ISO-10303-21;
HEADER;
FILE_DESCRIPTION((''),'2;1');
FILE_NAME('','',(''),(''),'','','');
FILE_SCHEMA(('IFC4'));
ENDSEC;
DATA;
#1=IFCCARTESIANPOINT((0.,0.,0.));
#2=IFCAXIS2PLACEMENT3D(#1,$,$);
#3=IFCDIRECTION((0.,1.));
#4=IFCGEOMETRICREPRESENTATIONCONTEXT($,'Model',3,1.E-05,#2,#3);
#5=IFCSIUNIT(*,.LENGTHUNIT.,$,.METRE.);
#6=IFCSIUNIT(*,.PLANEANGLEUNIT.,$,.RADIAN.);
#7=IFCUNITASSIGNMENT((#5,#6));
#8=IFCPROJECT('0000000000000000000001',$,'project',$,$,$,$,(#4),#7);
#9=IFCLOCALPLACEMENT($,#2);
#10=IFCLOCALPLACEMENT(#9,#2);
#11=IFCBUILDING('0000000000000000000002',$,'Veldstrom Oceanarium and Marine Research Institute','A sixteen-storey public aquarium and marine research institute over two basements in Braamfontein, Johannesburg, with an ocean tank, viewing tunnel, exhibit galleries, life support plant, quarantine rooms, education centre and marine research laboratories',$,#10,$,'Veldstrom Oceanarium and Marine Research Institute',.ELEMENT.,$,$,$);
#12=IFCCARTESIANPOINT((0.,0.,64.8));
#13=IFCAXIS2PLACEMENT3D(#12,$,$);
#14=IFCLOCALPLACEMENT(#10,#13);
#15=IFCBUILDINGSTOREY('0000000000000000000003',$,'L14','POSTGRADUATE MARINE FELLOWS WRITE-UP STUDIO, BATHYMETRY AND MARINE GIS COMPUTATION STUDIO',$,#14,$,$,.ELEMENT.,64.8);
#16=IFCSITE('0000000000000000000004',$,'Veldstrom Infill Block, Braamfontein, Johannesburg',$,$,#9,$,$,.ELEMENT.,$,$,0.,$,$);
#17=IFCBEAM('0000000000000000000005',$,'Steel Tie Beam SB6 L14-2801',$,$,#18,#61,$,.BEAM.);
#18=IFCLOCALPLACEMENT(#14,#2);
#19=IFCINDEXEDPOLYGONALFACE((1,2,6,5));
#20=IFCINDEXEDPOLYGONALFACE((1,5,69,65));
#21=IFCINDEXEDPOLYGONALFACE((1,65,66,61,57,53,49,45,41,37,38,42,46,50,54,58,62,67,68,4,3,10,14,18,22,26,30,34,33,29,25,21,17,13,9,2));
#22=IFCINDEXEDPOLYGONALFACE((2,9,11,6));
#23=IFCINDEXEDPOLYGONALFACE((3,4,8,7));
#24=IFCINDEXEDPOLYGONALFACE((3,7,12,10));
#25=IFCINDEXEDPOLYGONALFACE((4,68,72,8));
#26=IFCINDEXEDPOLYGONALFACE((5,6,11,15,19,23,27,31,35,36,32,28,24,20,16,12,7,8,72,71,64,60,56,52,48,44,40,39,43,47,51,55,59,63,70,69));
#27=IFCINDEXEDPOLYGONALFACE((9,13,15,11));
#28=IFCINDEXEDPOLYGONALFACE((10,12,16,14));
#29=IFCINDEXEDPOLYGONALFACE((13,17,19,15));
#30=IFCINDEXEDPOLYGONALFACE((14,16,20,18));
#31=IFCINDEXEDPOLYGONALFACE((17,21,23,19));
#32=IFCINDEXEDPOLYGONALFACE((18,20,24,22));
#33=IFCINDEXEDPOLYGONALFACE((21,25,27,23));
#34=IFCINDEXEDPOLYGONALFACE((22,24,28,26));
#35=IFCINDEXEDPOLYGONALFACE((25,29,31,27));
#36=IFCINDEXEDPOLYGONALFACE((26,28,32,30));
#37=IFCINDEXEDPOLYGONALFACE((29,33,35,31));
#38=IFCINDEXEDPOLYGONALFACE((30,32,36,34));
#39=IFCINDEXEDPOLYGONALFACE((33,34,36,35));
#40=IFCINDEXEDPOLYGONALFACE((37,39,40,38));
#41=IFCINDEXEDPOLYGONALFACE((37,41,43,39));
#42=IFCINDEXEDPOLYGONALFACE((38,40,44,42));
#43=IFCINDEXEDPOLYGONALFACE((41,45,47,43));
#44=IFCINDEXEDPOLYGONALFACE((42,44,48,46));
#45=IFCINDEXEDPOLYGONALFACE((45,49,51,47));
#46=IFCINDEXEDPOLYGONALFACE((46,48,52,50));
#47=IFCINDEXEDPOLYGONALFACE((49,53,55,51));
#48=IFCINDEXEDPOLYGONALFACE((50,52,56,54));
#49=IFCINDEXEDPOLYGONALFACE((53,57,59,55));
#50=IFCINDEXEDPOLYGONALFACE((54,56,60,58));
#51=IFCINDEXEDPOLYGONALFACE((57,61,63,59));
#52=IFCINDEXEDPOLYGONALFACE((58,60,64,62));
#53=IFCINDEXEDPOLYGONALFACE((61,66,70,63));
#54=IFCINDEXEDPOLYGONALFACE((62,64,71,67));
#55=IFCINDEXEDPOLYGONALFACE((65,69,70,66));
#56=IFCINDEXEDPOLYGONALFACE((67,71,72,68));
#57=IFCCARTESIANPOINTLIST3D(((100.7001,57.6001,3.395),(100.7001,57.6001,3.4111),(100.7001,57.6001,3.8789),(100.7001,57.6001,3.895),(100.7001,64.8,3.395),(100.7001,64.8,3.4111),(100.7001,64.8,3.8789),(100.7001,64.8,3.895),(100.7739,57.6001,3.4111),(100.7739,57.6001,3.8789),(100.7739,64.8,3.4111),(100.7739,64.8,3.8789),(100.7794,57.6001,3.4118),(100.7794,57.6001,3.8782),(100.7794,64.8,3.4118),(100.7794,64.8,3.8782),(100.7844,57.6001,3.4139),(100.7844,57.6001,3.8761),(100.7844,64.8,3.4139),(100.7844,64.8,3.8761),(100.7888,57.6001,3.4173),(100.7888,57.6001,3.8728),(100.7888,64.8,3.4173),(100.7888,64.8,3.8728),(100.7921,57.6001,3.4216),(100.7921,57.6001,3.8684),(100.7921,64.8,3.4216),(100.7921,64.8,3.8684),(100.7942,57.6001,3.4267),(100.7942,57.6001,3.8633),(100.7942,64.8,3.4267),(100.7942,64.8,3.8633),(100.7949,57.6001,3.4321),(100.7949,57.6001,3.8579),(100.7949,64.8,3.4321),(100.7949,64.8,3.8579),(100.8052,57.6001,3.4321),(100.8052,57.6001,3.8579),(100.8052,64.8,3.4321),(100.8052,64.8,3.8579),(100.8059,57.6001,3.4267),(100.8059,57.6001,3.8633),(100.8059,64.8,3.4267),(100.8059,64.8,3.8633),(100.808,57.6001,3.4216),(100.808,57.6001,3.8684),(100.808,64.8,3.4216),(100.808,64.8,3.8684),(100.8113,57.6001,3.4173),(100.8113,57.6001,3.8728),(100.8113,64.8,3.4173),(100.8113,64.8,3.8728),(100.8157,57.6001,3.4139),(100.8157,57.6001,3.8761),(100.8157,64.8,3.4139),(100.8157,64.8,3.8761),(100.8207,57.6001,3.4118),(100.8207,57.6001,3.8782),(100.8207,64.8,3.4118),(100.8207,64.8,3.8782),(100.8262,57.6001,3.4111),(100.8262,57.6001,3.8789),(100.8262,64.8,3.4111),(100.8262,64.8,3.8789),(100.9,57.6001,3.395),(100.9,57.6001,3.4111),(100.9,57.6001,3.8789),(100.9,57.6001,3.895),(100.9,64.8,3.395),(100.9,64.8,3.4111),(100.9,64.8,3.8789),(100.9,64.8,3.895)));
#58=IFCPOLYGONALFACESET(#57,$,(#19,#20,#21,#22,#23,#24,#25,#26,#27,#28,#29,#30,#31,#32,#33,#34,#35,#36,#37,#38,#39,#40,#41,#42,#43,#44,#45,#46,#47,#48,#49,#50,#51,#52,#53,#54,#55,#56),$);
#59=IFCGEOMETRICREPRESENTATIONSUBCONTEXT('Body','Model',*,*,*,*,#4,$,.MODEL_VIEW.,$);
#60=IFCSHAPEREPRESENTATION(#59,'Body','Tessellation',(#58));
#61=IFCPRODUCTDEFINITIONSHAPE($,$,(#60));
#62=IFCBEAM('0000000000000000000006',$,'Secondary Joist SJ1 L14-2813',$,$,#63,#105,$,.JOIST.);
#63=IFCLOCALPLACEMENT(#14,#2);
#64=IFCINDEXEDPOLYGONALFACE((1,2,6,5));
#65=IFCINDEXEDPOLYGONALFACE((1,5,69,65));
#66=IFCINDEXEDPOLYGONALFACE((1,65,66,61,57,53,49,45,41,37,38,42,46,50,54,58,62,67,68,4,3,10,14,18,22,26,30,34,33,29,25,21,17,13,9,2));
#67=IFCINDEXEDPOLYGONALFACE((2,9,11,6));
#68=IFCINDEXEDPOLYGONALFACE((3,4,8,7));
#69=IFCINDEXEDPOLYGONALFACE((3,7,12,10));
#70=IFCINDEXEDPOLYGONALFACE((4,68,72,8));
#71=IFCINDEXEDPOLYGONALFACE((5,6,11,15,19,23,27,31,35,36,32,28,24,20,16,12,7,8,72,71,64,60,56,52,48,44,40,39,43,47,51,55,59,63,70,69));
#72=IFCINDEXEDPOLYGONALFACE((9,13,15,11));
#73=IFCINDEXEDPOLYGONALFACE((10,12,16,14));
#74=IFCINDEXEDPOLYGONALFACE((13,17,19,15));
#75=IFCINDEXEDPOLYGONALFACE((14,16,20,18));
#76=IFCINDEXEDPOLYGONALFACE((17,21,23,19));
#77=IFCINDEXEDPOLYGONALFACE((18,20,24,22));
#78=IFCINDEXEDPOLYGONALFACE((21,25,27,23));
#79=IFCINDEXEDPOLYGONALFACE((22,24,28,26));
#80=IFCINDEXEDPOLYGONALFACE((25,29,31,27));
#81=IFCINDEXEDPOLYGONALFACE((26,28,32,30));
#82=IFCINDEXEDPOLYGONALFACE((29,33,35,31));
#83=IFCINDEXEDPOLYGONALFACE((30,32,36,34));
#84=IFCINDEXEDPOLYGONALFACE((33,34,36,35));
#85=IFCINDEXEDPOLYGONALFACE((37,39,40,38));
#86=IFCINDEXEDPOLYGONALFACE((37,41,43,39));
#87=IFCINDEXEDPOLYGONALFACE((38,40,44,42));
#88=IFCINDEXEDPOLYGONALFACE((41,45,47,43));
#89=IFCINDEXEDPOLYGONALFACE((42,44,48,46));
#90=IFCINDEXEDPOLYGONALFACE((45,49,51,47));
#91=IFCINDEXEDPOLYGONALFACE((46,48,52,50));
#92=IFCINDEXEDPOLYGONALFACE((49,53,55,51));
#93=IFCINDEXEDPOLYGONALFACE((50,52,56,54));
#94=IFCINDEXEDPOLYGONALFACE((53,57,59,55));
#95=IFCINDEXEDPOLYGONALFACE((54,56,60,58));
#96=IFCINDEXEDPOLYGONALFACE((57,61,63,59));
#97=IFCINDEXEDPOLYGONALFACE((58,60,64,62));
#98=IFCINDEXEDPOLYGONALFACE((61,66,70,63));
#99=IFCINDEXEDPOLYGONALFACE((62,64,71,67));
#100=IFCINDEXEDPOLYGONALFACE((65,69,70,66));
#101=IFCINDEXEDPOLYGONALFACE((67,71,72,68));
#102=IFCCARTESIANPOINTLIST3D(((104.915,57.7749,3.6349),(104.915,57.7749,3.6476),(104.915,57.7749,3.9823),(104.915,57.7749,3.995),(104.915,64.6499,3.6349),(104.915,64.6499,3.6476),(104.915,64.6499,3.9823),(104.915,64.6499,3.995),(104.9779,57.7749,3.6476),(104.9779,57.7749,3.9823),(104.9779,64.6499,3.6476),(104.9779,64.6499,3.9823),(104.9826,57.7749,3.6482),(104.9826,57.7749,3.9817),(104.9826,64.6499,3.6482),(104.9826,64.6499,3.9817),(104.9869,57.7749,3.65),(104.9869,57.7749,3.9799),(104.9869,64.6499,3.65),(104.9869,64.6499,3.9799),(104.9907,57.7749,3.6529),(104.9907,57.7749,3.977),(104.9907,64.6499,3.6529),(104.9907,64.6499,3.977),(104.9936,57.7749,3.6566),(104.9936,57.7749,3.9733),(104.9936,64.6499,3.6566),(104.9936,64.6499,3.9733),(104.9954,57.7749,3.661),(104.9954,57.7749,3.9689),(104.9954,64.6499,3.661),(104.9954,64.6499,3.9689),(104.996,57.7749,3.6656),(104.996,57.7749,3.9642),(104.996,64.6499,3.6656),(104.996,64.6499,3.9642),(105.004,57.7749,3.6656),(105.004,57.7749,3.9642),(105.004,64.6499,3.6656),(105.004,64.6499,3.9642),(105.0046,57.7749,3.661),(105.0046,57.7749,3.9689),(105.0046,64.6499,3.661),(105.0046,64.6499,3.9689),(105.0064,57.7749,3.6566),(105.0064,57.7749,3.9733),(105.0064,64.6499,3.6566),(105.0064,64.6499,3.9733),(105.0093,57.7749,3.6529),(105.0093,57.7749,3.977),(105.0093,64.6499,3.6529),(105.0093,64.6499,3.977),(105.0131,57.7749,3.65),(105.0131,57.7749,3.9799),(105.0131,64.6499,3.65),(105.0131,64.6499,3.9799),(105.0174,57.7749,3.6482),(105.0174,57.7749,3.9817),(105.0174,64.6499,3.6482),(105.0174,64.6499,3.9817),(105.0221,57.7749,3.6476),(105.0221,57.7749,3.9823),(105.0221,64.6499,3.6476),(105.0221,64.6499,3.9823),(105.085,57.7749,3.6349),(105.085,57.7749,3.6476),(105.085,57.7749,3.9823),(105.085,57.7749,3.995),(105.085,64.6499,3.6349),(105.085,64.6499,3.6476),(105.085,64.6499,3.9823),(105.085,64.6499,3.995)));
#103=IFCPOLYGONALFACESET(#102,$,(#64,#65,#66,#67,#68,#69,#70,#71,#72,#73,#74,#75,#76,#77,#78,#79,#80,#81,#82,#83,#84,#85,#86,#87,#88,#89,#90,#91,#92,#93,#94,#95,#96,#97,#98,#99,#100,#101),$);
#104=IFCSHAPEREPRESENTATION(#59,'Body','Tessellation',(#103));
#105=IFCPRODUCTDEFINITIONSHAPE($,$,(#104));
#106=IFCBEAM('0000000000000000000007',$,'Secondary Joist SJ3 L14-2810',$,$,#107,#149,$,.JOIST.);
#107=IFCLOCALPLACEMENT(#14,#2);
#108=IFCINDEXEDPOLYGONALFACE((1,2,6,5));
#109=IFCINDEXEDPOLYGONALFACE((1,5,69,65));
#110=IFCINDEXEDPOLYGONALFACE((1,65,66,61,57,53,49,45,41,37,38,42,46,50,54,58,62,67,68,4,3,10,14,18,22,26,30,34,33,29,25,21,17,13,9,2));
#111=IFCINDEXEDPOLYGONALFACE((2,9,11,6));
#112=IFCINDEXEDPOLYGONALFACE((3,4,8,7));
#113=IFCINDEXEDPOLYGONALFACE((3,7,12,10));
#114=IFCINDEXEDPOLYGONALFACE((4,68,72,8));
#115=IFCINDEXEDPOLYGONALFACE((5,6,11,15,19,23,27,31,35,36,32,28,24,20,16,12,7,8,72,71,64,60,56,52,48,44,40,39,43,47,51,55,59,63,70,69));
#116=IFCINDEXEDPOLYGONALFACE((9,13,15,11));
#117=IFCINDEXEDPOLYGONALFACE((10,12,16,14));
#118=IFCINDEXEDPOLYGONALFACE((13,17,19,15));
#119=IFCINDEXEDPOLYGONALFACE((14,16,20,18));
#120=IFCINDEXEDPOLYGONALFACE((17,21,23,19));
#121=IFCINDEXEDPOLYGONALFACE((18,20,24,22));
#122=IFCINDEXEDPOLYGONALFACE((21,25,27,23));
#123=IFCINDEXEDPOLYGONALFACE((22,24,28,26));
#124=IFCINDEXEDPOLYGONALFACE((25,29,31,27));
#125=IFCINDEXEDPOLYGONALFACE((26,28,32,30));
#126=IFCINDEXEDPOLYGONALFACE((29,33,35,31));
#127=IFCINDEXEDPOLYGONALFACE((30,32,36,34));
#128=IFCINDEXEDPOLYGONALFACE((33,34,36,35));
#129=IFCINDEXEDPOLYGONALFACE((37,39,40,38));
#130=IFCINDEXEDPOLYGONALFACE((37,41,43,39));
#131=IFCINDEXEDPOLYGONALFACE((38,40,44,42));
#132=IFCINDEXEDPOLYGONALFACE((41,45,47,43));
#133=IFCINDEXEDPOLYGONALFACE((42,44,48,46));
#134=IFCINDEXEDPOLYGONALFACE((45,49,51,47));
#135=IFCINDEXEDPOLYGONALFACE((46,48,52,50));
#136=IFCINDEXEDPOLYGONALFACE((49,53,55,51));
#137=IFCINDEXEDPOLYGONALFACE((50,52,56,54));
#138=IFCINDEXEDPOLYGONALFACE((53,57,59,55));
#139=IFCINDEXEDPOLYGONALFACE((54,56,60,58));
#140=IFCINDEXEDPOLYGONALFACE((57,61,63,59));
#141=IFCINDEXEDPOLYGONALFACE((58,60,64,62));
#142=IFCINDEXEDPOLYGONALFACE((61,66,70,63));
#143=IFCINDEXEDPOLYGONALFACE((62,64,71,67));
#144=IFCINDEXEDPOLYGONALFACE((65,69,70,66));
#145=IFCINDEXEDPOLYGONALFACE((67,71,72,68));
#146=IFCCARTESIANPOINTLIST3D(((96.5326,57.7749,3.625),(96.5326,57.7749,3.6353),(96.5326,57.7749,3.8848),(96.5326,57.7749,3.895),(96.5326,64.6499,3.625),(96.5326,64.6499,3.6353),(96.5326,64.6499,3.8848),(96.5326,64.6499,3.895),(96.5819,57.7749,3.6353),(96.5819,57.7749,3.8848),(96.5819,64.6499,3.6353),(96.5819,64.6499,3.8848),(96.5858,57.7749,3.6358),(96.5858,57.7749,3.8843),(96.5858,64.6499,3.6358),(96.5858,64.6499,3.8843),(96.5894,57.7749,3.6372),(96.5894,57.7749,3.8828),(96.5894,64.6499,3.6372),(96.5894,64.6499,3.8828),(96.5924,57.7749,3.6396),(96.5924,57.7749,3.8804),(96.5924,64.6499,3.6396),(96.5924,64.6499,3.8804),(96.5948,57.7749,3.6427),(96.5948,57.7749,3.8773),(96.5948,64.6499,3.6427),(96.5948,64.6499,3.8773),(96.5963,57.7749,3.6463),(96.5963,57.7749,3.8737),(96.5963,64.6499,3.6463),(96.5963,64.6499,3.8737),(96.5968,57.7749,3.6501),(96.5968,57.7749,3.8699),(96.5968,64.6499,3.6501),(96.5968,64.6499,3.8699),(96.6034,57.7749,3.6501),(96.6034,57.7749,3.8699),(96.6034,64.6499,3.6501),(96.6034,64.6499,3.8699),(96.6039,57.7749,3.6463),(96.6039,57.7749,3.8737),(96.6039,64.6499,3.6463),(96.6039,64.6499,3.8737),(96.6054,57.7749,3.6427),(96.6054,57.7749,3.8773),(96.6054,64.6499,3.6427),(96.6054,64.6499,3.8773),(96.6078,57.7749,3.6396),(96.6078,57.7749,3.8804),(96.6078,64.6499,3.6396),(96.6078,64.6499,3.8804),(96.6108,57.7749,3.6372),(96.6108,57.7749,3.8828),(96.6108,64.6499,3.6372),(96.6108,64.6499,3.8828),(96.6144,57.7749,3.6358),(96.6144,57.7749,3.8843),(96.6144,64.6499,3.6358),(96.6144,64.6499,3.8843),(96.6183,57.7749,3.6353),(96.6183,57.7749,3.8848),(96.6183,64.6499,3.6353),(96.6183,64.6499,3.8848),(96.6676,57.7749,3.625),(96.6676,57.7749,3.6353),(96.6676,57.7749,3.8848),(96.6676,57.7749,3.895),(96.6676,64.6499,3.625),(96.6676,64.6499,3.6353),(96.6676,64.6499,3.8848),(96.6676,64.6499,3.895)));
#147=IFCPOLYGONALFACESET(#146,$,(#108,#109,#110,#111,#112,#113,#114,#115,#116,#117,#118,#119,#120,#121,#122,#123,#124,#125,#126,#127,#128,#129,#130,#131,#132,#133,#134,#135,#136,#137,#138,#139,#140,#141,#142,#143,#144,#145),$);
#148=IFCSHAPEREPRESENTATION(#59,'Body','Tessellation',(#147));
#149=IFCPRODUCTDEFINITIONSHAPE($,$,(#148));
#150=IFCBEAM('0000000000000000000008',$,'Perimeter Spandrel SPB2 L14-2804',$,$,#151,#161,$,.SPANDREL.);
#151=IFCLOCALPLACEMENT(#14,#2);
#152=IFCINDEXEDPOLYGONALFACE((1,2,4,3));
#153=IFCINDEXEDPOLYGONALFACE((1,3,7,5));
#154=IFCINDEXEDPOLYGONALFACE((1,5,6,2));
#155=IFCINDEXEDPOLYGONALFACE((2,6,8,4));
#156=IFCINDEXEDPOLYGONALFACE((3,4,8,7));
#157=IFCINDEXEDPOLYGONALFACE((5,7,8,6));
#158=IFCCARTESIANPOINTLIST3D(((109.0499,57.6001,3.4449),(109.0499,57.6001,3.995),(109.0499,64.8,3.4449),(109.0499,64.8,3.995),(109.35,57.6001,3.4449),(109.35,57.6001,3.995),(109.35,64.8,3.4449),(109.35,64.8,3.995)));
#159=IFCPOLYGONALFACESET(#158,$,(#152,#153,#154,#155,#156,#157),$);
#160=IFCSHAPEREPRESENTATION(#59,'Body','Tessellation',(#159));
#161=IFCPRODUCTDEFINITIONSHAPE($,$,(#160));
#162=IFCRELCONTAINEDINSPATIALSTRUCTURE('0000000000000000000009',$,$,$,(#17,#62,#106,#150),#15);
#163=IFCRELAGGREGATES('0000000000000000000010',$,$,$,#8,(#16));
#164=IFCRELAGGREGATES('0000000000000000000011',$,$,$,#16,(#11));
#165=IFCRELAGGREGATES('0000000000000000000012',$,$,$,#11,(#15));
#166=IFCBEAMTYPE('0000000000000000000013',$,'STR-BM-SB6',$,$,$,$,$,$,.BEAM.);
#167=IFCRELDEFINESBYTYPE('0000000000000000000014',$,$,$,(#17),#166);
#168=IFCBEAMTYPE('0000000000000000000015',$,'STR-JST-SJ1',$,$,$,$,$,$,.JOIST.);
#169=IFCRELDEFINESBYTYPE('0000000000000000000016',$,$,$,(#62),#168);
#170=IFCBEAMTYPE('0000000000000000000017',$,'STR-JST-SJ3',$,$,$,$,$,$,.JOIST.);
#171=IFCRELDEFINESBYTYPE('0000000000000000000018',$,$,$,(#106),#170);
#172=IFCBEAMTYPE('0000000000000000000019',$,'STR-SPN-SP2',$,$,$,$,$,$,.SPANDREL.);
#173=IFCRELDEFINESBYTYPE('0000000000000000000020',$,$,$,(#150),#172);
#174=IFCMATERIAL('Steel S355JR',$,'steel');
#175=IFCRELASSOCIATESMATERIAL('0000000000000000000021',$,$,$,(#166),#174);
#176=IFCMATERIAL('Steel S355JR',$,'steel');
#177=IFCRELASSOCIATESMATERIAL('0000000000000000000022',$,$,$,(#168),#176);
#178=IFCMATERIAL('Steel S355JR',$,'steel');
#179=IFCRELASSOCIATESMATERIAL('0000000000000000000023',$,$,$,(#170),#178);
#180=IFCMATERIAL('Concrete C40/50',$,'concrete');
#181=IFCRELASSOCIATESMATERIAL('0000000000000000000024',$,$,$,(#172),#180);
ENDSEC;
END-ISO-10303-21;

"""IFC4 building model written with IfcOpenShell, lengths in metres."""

from ifc_helpers import new_model, si_unit, direction, frame, origin, origin_2d, place, context, subcontext, project, spatial, rectangle, i_section, extrude, material, material_profile, profile_set, type_object, element, save


model = new_model("IFC4")

# Units and contexts
model_context = context("Model", 3, precision=1e-05, world=origin(), true_north=direction((0.0, 1.0)))
body_context = subcontext(model_context, "Body", "Model", "MODEL_VIEW")
ifc_project = project(units=[si_unit("LENGTHUNIT", "METRE"), si_unit("PLANEANGLEUNIT", "RADIAN")], contexts=[model_context])

# Site, building, storey
site_placement = place(None, origin())
site = spatial("IfcSite", under=ifc_project, at=site_placement, Name="Veldstrom Infill Block, Braamfontein, Johannesburg", CompositionType="ELEMENT", RefElevation=0.0)
building_placement = place(site_placement, origin())
building = spatial("IfcBuilding", under=site, at=building_placement, Name="Veldstrom Oceanarium and Marine Research Institute", Description="A sixteen-storey public aquarium and marine research institute over two basements in Braamfontein, Johannesburg, with an ocean tank, viewing tunnel, exhibit galleries, life support plant, quarantine rooms, education centre and marine research laboratories", LongName="Veldstrom Oceanarium and Marine Research Institute", CompositionType="ELEMENT")
storey_placement = place(building_placement, frame((0.0, 0.0, 64.8)))
storey = spatial("IfcBuildingStorey", under=building, at=storey_placement, Name="L14", Description="POSTGRADUATE MARINE FELLOWS WRITE-UP STUDIO, BATHYMETRY AND MARINE GIS COMPUTATION STUDIO", CompositionType="ELEMENT", Elevation=64.8)

# Beams
ifc_material_1 = material(Name="Steel S355JR", Category="steel")
ifc_material_profile_1 = material_profile(ifc_material_1, i_section(OverallWidth=0.2, OverallDepth=0.5, WebThickness=0.0103, FlangeThickness=0.0161, FilletRadius=0.021, at=origin_2d()), Name="IPE 500")
ifc_profile_set_1 = profile_set([ifc_material_profile_1], Name="Steel S355JR")
beam_type_1 = type_object("IfcBeamType", Name="STR-BM-SB6", PredefinedType="BEAM", material=ifc_profile_set_1)
beam_1_placement = place(storey_placement, frame((100.8, 57.6001, 3.645), z_axis=(0.0, 1.0, 0.0), x_axis=(-1.0, 0.0, 0.0)))
element("IfcBeam", 1, at=beam_1_placement, inside=storey, type_object=beam_type_1, Name="Steel Tie Beam SB6 L14-2801", PredefinedType="BEAM", context=body_context, shape_type="SweptSolid", body=[
    extrude(i_section(OverallWidth=0.2, OverallDepth=0.5, WebThickness=0.0103, FlangeThickness=0.0161, FilletRadius=0.021, at=origin_2d()), origin(), (0.0, 0.0, 1.0), 7.2),
])
ifc_material_2 = material(Name="Steel S355JR", Category="steel")
ifc_material_profile_2 = material_profile(ifc_material_2, i_section(OverallWidth=0.1699, OverallDepth=0.3601, WebThickness=0.0081, FlangeThickness=0.0127, FilletRadius=0.0181, at=origin_2d()), Name="IPE 360")
ifc_profile_set_2 = profile_set([ifc_material_profile_2], Name="Steel S355JR")
beam_type_2 = type_object("IfcBeamType", Name="STR-JST-SJ1", PredefinedType="JOIST", material=ifc_profile_set_2)
beam_2_placement = place(storey_placement, frame((105.0, 57.7749, 3.8149), z_axis=(0.0, 1.0, 0.0), x_axis=(-1.0, 0.0, 0.0)))
element("IfcBeam", 2, at=beam_2_placement, inside=storey, type_object=beam_type_2, Name="Secondary Joist SJ1 L14-2813", PredefinedType="JOIST", context=body_context, shape_type="SweptSolid", body=[
    extrude(i_section(OverallWidth=0.1699, OverallDepth=0.3601, WebThickness=0.0081, FlangeThickness=0.0127, FilletRadius=0.0181, at=origin_2d()), origin(), (0.0, 0.0, 1.0), 6.875),
])
ifc_material_3 = material(Name="Steel S355JR", Category="steel")
ifc_material_profile_3 = material_profile(ifc_material_3, i_section(OverallWidth=0.135, OverallDepth=0.27, WebThickness=0.0066, FlangeThickness=0.0103, FilletRadius=0.0149, at=origin_2d()), Name="IPE 270")
ifc_profile_set_3 = profile_set([ifc_material_profile_3], Name="Steel S355JR")
beam_type_3 = type_object("IfcBeamType", Name="STR-JST-SJ3", PredefinedType="JOIST", material=ifc_profile_set_3)
beam_3_placement = place(storey_placement, frame((96.6001, 57.7749, 3.76), z_axis=(0.0, 1.0, 0.0), x_axis=(-1.0, 0.0, 0.0)))
element("IfcBeam", 3, at=beam_3_placement, inside=storey, type_object=beam_type_3, Name="Secondary Joist SJ3 L14-2810", PredefinedType="JOIST", context=body_context, shape_type="SweptSolid", body=[
    extrude(i_section(OverallWidth=0.135, OverallDepth=0.27, WebThickness=0.0066, FlangeThickness=0.0103, FilletRadius=0.0149, at=origin_2d()), origin(), (0.0, 0.0, 1.0), 6.875),
])
ifc_material_4 = material(Name="Concrete C40/50", Category="concrete")
ifc_material_profile_4 = material_profile(ifc_material_4, rectangle(XDim=0.3, YDim=0.55, at=origin_2d()), Name="RC-SPN-300x550")
ifc_profile_set_4 = profile_set([ifc_material_profile_4], Name="Concrete C40/50")
beam_type_4 = type_object("IfcBeamType", Name="STR-SPN-SP2", PredefinedType="SPANDREL", material=ifc_profile_set_4)
beam_4_placement = place(storey_placement, frame((109.2, 57.6001, 3.72), z_axis=(0.0, 1.0, 0.0), x_axis=(-1.0, 0.0, 0.0)))
element("IfcBeam", 4, at=beam_4_placement, inside=storey, type_object=beam_type_4, Name="Perimeter Spandrel SPB2 L14-2804", PredefinedType="SPANDREL", context=body_context, shape_type="SweptSolid", body=[
    extrude(rectangle(XDim=0.3, YDim=0.55, at=origin_2d()), origin(), (0.0, 0.0, 1.0), 7.2),
])

save(model, "model.ifc")
